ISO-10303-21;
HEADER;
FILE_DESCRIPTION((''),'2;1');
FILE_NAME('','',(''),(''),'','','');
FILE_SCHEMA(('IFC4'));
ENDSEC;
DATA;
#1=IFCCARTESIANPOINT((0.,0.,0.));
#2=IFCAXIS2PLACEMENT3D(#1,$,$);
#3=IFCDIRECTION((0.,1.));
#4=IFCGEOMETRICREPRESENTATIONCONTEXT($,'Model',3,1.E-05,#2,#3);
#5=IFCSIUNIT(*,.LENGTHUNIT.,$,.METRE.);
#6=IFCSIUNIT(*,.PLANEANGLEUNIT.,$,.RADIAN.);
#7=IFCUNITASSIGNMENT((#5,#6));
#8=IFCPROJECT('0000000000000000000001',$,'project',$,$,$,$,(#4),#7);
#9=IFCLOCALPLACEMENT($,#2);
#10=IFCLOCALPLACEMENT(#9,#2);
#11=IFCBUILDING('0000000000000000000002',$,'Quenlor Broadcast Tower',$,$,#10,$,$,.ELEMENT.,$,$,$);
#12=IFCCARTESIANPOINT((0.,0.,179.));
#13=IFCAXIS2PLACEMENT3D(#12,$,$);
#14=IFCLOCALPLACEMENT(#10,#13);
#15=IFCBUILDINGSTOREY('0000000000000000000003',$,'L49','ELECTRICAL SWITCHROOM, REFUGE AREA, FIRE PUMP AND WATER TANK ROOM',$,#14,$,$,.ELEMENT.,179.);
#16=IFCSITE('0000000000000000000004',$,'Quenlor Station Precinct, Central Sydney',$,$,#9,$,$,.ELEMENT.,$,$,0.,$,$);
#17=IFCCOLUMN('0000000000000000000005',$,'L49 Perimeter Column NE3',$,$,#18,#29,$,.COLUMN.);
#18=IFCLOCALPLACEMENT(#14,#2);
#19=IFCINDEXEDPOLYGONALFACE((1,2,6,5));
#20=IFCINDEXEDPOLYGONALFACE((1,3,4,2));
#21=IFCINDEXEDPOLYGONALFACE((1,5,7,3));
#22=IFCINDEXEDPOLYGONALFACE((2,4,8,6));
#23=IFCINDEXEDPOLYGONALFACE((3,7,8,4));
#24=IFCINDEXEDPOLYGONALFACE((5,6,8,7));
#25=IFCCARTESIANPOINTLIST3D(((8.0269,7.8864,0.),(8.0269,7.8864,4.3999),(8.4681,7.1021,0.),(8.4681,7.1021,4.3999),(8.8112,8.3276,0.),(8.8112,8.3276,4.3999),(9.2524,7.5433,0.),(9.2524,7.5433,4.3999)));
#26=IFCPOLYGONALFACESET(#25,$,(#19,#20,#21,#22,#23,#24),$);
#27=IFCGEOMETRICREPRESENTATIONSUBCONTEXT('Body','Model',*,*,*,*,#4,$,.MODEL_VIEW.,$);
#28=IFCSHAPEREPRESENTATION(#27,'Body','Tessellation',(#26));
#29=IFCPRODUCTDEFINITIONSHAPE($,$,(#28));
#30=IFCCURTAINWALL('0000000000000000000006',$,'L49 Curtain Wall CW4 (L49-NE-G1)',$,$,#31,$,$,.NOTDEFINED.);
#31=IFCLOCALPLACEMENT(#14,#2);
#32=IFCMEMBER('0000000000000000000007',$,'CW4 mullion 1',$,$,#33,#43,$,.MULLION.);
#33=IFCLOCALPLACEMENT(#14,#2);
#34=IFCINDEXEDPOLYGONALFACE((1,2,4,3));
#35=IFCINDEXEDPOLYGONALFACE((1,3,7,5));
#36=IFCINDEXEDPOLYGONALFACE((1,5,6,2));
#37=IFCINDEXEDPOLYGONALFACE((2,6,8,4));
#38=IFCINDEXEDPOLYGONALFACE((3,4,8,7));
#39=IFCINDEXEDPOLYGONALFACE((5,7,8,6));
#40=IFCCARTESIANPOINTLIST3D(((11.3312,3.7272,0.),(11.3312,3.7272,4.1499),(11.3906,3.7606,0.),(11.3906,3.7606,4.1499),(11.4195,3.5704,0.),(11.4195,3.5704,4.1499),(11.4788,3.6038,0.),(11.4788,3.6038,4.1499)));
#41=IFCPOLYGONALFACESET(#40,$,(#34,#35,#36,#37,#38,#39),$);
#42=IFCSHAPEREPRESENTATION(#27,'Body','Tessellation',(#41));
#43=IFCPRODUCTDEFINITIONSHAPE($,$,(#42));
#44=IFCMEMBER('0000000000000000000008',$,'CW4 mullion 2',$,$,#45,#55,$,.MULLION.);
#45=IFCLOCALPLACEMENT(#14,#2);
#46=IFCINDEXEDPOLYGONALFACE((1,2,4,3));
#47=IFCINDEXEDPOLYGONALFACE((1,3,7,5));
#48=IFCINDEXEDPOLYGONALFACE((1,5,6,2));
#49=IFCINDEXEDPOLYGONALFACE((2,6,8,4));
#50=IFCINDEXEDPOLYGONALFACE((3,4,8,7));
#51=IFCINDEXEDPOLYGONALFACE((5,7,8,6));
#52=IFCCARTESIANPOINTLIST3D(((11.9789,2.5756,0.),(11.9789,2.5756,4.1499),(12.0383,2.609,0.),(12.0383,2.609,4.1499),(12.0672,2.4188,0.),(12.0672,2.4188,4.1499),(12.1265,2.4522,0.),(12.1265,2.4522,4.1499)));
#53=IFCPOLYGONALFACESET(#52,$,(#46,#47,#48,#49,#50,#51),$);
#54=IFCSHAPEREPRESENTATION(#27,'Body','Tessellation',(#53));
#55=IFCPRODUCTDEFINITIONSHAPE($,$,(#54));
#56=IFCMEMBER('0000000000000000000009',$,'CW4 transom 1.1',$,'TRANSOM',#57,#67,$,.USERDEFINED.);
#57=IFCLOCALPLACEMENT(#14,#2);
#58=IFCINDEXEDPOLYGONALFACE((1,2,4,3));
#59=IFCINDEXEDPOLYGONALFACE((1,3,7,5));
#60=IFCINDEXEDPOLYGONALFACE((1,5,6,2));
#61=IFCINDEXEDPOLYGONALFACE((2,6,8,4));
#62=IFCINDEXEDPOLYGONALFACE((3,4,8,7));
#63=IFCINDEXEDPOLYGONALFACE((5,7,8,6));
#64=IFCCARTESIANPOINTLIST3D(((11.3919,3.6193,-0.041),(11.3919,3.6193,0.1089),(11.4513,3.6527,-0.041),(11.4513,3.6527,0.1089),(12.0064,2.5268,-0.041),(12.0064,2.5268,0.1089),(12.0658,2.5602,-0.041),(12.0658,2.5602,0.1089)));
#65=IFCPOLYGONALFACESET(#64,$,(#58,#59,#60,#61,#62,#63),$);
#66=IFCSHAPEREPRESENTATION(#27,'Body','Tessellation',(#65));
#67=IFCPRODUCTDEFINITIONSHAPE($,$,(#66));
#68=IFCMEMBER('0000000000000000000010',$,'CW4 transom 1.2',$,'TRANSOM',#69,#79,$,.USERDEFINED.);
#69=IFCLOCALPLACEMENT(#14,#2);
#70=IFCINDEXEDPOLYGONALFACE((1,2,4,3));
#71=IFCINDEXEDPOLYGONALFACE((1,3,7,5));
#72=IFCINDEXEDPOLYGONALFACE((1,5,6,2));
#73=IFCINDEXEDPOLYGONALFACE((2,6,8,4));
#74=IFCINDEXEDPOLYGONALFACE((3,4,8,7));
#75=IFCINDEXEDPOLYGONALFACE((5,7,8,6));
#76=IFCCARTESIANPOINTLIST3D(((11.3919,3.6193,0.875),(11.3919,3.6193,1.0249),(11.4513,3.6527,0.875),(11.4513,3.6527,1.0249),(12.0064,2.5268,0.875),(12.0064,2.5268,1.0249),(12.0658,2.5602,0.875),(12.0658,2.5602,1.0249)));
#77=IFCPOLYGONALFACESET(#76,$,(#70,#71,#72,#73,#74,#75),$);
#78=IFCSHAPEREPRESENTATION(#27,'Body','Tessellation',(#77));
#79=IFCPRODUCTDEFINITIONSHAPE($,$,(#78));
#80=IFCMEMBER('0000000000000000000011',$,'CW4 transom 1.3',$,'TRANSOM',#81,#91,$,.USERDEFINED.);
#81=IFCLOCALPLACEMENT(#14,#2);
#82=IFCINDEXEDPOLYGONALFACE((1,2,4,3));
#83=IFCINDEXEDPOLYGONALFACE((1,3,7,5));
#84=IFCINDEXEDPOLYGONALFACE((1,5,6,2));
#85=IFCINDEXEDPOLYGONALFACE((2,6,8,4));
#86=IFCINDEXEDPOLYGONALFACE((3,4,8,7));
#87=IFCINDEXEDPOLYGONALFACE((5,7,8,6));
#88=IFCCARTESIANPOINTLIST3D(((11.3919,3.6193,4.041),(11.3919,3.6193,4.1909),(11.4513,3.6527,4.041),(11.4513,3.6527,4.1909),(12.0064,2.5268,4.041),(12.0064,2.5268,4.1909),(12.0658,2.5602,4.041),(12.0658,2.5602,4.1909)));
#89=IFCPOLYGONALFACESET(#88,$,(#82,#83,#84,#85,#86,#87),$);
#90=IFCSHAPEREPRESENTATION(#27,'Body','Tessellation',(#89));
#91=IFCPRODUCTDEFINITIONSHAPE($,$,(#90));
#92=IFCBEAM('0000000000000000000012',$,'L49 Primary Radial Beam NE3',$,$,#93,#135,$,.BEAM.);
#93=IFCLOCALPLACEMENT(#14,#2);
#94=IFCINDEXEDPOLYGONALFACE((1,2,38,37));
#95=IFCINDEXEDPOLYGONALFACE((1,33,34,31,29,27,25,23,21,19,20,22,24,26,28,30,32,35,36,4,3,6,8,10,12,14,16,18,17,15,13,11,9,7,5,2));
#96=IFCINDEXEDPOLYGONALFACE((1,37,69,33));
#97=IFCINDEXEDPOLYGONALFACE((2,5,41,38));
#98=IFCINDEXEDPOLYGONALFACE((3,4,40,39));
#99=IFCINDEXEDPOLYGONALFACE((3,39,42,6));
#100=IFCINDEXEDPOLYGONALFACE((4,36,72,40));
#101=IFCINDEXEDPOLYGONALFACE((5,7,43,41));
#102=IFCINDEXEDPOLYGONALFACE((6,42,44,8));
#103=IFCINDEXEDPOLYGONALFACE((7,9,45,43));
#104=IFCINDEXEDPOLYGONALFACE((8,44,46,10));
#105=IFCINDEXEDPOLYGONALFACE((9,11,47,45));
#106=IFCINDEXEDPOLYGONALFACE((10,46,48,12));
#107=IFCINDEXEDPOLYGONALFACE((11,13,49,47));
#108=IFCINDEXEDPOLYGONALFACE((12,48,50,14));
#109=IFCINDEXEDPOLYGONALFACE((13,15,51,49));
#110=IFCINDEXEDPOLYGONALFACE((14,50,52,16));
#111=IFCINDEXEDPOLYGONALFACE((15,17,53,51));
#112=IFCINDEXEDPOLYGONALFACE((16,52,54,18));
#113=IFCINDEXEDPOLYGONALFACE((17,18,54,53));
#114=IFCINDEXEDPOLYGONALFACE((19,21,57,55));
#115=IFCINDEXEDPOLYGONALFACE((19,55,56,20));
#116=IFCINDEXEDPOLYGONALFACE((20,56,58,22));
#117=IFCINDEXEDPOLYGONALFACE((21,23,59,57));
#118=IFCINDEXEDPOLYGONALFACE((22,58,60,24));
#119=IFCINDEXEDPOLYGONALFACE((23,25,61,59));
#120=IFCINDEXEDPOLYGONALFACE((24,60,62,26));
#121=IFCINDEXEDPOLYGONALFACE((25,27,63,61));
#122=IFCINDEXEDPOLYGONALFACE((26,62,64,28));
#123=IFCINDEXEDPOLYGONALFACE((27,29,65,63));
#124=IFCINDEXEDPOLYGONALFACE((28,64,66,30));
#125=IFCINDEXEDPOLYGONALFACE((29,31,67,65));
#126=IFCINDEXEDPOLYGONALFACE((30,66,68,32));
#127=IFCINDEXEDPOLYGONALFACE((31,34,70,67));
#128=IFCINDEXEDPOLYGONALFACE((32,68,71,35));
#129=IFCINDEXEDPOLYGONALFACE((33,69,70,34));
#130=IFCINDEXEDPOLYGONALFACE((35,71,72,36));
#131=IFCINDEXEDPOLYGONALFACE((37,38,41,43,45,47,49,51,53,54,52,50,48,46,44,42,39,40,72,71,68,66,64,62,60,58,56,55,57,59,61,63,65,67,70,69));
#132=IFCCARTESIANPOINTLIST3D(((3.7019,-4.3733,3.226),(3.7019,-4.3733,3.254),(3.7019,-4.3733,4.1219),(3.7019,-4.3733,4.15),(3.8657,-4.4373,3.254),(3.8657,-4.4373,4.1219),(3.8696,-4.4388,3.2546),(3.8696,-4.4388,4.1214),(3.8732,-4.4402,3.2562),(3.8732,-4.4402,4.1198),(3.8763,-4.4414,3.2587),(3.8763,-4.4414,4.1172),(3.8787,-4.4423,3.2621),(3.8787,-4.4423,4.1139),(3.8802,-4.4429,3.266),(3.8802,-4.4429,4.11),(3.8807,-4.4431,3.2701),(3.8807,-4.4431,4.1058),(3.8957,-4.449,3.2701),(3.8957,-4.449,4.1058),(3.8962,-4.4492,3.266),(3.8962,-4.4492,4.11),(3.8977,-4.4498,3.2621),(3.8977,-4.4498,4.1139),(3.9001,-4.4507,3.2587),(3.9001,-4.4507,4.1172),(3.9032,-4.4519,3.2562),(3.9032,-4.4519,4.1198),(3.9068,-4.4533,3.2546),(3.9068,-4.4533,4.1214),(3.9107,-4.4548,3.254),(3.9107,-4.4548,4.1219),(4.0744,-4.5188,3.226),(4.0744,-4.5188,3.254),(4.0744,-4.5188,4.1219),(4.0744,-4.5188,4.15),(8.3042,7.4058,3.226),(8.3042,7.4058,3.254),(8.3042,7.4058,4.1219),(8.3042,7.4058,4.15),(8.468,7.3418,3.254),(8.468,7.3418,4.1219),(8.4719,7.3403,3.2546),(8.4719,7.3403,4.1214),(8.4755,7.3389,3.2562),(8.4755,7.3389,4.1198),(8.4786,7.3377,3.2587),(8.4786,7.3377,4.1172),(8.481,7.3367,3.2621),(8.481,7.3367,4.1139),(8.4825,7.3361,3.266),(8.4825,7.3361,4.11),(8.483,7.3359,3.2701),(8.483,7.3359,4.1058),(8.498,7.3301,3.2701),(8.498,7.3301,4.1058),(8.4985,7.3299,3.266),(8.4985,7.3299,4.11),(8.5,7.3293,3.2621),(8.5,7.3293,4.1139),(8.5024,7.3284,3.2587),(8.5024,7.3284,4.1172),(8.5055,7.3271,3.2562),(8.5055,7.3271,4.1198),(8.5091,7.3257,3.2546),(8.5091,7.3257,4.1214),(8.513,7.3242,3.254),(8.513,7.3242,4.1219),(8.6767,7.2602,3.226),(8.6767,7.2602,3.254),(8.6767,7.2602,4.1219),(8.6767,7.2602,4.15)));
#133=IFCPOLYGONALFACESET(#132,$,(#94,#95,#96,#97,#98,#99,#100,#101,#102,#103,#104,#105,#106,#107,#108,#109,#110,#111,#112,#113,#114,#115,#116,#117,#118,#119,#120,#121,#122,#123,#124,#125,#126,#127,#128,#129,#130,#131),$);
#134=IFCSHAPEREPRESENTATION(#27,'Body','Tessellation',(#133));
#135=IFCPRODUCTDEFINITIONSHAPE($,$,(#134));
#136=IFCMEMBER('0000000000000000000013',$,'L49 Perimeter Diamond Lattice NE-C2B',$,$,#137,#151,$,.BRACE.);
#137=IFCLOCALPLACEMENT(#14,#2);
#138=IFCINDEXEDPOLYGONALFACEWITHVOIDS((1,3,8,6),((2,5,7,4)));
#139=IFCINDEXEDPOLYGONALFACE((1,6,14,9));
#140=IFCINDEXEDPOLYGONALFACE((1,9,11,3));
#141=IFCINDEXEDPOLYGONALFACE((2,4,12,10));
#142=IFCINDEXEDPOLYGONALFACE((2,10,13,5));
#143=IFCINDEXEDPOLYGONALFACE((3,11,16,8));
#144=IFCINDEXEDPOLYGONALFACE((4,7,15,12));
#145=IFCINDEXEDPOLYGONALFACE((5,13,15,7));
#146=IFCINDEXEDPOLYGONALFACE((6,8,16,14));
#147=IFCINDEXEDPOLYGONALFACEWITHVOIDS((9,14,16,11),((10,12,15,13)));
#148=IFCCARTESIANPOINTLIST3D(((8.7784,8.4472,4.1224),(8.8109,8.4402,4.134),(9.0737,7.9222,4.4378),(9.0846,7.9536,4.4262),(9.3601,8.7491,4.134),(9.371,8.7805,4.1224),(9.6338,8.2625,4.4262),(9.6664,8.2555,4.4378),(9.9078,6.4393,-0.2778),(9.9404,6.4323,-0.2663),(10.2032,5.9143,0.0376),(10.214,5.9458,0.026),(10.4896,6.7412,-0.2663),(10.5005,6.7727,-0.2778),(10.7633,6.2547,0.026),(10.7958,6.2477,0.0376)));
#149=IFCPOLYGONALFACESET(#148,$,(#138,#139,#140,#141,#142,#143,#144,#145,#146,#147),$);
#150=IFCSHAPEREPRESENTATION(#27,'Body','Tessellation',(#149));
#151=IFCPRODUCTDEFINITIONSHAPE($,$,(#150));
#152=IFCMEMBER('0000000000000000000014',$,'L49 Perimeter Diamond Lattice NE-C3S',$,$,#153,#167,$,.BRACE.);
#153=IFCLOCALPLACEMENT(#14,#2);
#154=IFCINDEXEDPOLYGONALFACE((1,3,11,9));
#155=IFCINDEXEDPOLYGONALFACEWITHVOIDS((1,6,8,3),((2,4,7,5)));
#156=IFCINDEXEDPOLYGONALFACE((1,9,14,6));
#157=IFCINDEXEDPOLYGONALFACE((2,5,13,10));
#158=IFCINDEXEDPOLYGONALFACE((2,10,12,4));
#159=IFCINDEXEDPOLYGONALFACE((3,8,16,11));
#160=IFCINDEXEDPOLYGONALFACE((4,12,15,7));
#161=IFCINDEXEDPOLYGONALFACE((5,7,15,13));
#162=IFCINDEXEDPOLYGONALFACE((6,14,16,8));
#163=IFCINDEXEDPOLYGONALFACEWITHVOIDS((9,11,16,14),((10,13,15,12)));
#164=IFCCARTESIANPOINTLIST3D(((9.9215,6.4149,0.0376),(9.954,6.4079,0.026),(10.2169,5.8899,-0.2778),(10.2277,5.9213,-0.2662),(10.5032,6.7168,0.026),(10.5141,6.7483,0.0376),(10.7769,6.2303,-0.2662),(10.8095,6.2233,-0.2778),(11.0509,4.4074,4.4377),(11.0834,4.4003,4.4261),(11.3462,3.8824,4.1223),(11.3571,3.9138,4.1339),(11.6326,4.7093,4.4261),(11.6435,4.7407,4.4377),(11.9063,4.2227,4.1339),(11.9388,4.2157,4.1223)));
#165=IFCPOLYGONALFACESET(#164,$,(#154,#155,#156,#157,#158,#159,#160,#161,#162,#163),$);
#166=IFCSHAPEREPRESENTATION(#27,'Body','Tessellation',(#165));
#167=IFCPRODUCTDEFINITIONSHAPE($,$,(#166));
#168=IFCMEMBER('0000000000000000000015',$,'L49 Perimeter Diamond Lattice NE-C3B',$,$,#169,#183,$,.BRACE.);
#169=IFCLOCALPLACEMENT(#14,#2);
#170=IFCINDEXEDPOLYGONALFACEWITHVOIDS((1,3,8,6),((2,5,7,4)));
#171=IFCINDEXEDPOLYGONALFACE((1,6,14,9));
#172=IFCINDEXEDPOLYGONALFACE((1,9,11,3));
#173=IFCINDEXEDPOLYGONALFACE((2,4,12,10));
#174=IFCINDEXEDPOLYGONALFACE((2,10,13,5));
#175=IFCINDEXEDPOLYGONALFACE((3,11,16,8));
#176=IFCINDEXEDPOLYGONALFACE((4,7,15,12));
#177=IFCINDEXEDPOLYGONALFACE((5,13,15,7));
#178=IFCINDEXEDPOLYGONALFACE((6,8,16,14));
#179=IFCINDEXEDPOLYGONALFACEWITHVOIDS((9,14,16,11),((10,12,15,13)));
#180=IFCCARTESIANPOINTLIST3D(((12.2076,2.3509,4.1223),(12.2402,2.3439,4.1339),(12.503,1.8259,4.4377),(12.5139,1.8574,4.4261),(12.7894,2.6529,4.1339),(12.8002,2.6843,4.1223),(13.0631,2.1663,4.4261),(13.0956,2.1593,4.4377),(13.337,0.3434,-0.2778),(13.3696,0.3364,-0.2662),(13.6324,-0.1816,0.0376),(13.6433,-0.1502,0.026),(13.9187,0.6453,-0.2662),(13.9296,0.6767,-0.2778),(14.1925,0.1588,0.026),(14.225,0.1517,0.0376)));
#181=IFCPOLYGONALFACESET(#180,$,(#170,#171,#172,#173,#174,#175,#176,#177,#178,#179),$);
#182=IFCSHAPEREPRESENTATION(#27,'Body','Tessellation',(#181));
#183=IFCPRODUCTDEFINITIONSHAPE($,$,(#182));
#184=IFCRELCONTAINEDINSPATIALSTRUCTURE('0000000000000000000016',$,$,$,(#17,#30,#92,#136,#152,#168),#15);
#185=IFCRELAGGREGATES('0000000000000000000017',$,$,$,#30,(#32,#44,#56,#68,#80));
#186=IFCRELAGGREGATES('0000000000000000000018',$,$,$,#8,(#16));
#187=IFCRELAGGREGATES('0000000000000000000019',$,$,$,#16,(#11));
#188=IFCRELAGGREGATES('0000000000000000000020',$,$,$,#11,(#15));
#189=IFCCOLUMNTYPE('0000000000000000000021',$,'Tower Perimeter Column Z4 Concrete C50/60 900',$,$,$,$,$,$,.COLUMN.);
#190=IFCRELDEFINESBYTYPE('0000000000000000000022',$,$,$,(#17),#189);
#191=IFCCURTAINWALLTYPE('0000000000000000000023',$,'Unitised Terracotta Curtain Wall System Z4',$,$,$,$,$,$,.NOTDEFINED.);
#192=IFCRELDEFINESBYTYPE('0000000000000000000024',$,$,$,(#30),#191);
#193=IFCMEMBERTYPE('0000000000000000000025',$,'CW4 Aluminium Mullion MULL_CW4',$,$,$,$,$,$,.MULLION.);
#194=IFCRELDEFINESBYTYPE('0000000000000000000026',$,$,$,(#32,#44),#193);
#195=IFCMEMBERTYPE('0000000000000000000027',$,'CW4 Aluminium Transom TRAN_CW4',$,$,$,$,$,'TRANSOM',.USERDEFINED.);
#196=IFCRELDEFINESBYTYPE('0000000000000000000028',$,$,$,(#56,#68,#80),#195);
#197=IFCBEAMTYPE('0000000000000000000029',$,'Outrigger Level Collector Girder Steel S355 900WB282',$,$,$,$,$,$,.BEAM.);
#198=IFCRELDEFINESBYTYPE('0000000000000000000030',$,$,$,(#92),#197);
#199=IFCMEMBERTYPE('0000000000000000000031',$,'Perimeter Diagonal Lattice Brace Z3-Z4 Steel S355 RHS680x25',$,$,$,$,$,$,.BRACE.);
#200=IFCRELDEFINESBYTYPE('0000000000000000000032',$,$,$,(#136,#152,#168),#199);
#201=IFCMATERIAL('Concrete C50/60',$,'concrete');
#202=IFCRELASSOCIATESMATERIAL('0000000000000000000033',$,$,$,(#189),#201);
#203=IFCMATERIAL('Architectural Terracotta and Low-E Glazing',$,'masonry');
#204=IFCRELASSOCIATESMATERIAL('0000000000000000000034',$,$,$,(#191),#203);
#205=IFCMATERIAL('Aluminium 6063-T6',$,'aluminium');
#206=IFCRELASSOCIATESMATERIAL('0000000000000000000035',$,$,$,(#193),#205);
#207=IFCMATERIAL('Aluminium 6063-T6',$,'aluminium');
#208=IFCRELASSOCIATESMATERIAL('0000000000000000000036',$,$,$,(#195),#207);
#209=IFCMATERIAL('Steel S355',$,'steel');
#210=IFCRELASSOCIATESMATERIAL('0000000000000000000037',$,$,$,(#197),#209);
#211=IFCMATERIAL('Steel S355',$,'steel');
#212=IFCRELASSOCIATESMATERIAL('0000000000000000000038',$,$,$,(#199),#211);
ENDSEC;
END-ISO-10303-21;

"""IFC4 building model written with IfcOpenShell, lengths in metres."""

from ifc_helpers import new_model, si_unit, direction, frame, origin, origin_2d, place, context, subcontext, project, spatial, rectangle, hollow_rectangle, i_section, extrude, material, material_profile, profile_set, type_object, element, aggregate, save


model = new_model("IFC4")

# Units and contexts
model_context = context("Model", 3, precision=1e-05, world=origin(), true_north=direction((0.0, 1.0)))
body_context = subcontext(model_context, "Body", "Model", "MODEL_VIEW")
ifc_project = project(units=[si_unit("LENGTHUNIT", "METRE"), si_unit("PLANEANGLEUNIT", "RADIAN")], contexts=[model_context])

# Site, building, storey
site_placement = place(None, origin())
site = spatial("IfcSite", under=ifc_project, at=site_placement, Name="Quenlor Station Precinct, Central Sydney", CompositionType="ELEMENT", RefElevation=0.0)
building_placement = place(site_placement, origin())
building = spatial("IfcBuilding", under=site, at=building_placement, Name="Quenlor Broadcast Tower", CompositionType="ELEMENT")
storey_placement = place(building_placement, frame((0.0, 0.0, 179.0)))
storey = spatial("IfcBuildingStorey", under=building, at=storey_placement, Name="L49", Description="ELECTRICAL SWITCHROOM, REFUGE AREA, FIRE PUMP AND WATER TANK ROOM", CompositionType="ELEMENT", Elevation=179.0)

# Column
ifc_material_1 = material(Name="Concrete C50/60", Category="concrete")
ifc_material_profile_1 = material_profile(ifc_material_1, rectangle(XDim=0.8999, YDim=0.8999, at=origin_2d()))
ifc_profile_set_1 = profile_set([ifc_material_profile_1], Name="Concrete C50/60 RC900x900")
column_type = type_object("IfcColumnType", Name="Tower Perimeter Column Z4 Concrete C50/60 900", PredefinedType="COLUMN", material=ifc_profile_set_1)
column_placement = place(storey_placement, frame((8.6396, 7.7148, 0.0), z_axis=(0.0, 0.0, 1.0), x_axis=(0.871575, 0.490262, 0.0)))
element("IfcColumn", 1, at=column_placement, inside=storey, type_object=column_type, Name="L49 Perimeter Column NE3", PredefinedType="COLUMN", context=body_context, shape_type="SweptSolid", body=[
    extrude(rectangle(XDim=0.8999, YDim=0.8999, at=origin_2d()), origin(), (0.0, 0.0, 1.0), 4.3999),
])

# Curtain wall, members
ifc_material_2 = material(Name="Architectural Terracotta and Low-E Glazing", Category="masonry")
curtain_wall_type = type_object("IfcCurtainWallType", Name="Unitised Terracotta Curtain Wall System Z4", PredefinedType="NOTDEFINED", material=ifc_material_2)
curtain_wall_placement = place(storey_placement, origin())
curtain_wall = element("IfcCurtainWall", 2, at=curtain_wall_placement, inside=storey, type_object=curtain_wall_type, Name="L49 Curtain Wall CW4 (L49-NE-G1)", PredefinedType="NOTDEFINED")
ifc_material_3 = material(Name="Aluminium 6063-T6", Category="aluminium")
ifc_material_profile_2 = material_profile(ifc_material_3, rectangle(XDim=0.0681, YDim=0.1799, at=origin_2d()))
ifc_profile_set_2 = profile_set([ifc_material_profile_2], Name="Aluminium 6063-T6 MULL68x180")
member_type_1 = type_object("IfcMemberType", Name="CW4 Aluminium Mullion MULL_CW4", PredefinedType="MULLION", material=ifc_profile_set_2)
member_1_placement = place(storey_placement, frame((11.405, 3.6655, 0.0), z_axis=(0.0, 0.0, 1.0), x_axis=(0.871572, 0.490268, 0.0)))
member_1 = element("IfcMember", 3, at=member_1_placement, type_object=member_type_1, Name="CW4 mullion 1", PredefinedType="MULLION", context=body_context, shape_type="SweptSolid", body=[
    extrude(rectangle(XDim=0.0681, YDim=0.1799, at=origin_2d()), origin(), (0.0, 0.0, 1.0), 4.1499),
])
member_2_placement = place(storey_placement, frame((12.0527, 2.5139, 0.0), z_axis=(0.0, 0.0, 1.0), x_axis=(0.871572, 0.490268, 0.0)))
member_2 = element("IfcMember", 4, at=member_2_placement, type_object=member_type_1, Name="CW4 mullion 2", PredefinedType="MULLION", context=body_context, shape_type="SweptSolid", body=[
    extrude(rectangle(XDim=0.0681, YDim=0.1799, at=origin_2d()), origin(), (0.0, 0.0, 1.0), 4.1499),
])
ifc_material_4 = material(Name="Aluminium 6063-T6", Category="aluminium")
ifc_material_profile_3 = material_profile(ifc_material_4, rectangle(XDim=0.0681, YDim=0.1499, at=origin_2d()))
ifc_profile_set_3 = profile_set([ifc_material_profile_3], Name="Aluminium 6063-T6 TRAN68x150")
member_type_2 = type_object("IfcMemberType", Name="CW4 Aluminium Transom TRAN_CW4", ElementType="TRANSOM", PredefinedType="USERDEFINED", material=ifc_profile_set_3)
member_3_placement = place(storey_placement, frame((11.4216, 3.636, 0.0339), z_axis=(0.490233, -0.871591, 0.0), x_axis=(0.871591, 0.490233, 0.0)))
member_3 = element("IfcMember", 5, at=member_3_placement, type_object=member_type_2, Name="CW4 transom 1.1", ObjectType="TRANSOM", PredefinedType="USERDEFINED", context=body_context, shape_type="SweptSolid", body=[
    extrude(rectangle(XDim=0.0681, YDim=0.1499, at=origin_2d()), origin(), (0.0, 0.0, 1.0), 1.2534),
])
member_4_placement = place(storey_placement, frame((11.4216, 3.636, 0.95), z_axis=(0.490233, -0.871591, 0.0), x_axis=(0.871591, 0.490233, 0.0)))
member_4 = element("IfcMember", 6, at=member_4_placement, type_object=member_type_2, Name="CW4 transom 1.2", ObjectType="TRANSOM", PredefinedType="USERDEFINED", context=body_context, shape_type="SweptSolid", body=[
    extrude(rectangle(XDim=0.0681, YDim=0.1499, at=origin_2d()), origin(), (0.0, 0.0, 1.0), 1.2534),
])
member_5_placement = place(storey_placement, frame((11.4216, 3.636, 4.116), z_axis=(0.490233, -0.871591, 0.0), x_axis=(0.871591, 0.490233, 0.0)))
member_5 = element("IfcMember", 7, at=member_5_placement, type_object=member_type_2, Name="CW4 transom 1.3", ObjectType="TRANSOM", PredefinedType="USERDEFINED", context=body_context, shape_type="SweptSolid", body=[
    extrude(rectangle(XDim=0.0681, YDim=0.1499, at=origin_2d()), origin(), (0.0, 0.0, 1.0), 1.2534),
])

# Beam
ifc_material_5 = material(Name="Steel S355", Category="steel")
ifc_material_profile_4 = material_profile(ifc_material_5, i_section(OverallWidth=0.3999, OverallDepth=0.9241, WebThickness=0.0161, FlangeThickness=0.0281, FilletRadius=0.0161, at=origin_2d()))
ifc_profile_set_4 = profile_set([ifc_material_profile_4], Name="Steel S355 900WB282")
beam_type_1 = type_object("IfcBeamType", Name="Outrigger Level Collector Girder Steel S355 900WB282", PredefinedType="BEAM", material=ifc_profile_set_4)
beam_1_placement = place(storey_placement, frame((8.4905, 7.333, 3.688), z_axis=(-0.363926, -0.931428, 0.0), x_axis=(0.931428, -0.363926, 0.0)))
element("IfcBeam", 8, at=beam_1_placement, inside=storey, type_object=beam_type_1, Name="L49 Primary Radial Beam NE3", PredefinedType="BEAM", context=body_context, shape_type="SweptSolid", body=[
    extrude(i_section(OverallWidth=0.3999, OverallDepth=0.9241, WebThickness=0.0161, FlangeThickness=0.0281, FilletRadius=0.0161, at=origin_2d()), origin(), (0.0, 0.0, 1.0), 12.6462),
])

# Members
ifc_material_6 = material(Name="Steel S355", Category="steel")
ifc_material_profile_5 = material_profile(ifc_material_6, hollow_rectangle(XDim=0.6799, YDim=0.6799, WallThickness=0.0249, at=origin_2d()))
ifc_profile_set_5 = profile_set([ifc_material_profile_5], Name="Steel S355 RHS680x680x25")
member_type_3 = type_object("IfcMemberType", Name="Perimeter Diagonal Lattice Brace Z3-Z4 Steel S355 RHS680x25", PredefinedType="BRACE", material=ifc_profile_set_5)
member_6_placement = place(storey_placement, frame((10.3518, 6.3435, -0.1201), z_axis=(-0.227393, 0.404255, 0.885929), x_axis=(-0.871576, -0.490261, 0.0)))
element("IfcMember", 9, at=member_6_placement, inside=storey, type_object=member_type_3, Name="L49 Perimeter Diamond Lattice NE-C2B", PredefinedType="BRACE", context=body_context, shape_type="SweptSolid", body=[
    extrude(hollow_rectangle(XDim=0.6799, YDim=0.6799, WallThickness=0.0249, at=origin_2d()), origin(), (0.0, 0.0, 1.0), 4.9668),
])
for number, where, z_axis, x_axis, name in (
    (10, (10.3655, 6.3191, -0.1201), (0.227398, -0.404214, 0.885947), (0.87155, 0.490307, 0.0), "L49 Perimeter Diamond Lattice NE-C3S"),
    (11, (13.781, 0.2476, -0.1201), (-0.227398, 0.404214, 0.885947), (-0.87155, -0.490307, 0.0), "L49 Perimeter Diamond Lattice NE-C3B"),
):
    element("IfcMember", number, at=place(storey_placement, frame(where, z_axis=z_axis, x_axis=x_axis)), inside=storey, type_object=member_type_3, Name=name, PredefinedType="BRACE", context=body_context, shape_type="SweptSolid", body=[
        extrude(hollow_rectangle(XDim=0.6799, YDim=0.6799, WallThickness=0.0249, at=origin_2d()), origin(), (0.0, 0.0, 1.0), 4.9666),
    ])

aggregate(curtain_wall, [member_1, member_2, member_3, member_4, member_5])

save(model, "model.ifc")
